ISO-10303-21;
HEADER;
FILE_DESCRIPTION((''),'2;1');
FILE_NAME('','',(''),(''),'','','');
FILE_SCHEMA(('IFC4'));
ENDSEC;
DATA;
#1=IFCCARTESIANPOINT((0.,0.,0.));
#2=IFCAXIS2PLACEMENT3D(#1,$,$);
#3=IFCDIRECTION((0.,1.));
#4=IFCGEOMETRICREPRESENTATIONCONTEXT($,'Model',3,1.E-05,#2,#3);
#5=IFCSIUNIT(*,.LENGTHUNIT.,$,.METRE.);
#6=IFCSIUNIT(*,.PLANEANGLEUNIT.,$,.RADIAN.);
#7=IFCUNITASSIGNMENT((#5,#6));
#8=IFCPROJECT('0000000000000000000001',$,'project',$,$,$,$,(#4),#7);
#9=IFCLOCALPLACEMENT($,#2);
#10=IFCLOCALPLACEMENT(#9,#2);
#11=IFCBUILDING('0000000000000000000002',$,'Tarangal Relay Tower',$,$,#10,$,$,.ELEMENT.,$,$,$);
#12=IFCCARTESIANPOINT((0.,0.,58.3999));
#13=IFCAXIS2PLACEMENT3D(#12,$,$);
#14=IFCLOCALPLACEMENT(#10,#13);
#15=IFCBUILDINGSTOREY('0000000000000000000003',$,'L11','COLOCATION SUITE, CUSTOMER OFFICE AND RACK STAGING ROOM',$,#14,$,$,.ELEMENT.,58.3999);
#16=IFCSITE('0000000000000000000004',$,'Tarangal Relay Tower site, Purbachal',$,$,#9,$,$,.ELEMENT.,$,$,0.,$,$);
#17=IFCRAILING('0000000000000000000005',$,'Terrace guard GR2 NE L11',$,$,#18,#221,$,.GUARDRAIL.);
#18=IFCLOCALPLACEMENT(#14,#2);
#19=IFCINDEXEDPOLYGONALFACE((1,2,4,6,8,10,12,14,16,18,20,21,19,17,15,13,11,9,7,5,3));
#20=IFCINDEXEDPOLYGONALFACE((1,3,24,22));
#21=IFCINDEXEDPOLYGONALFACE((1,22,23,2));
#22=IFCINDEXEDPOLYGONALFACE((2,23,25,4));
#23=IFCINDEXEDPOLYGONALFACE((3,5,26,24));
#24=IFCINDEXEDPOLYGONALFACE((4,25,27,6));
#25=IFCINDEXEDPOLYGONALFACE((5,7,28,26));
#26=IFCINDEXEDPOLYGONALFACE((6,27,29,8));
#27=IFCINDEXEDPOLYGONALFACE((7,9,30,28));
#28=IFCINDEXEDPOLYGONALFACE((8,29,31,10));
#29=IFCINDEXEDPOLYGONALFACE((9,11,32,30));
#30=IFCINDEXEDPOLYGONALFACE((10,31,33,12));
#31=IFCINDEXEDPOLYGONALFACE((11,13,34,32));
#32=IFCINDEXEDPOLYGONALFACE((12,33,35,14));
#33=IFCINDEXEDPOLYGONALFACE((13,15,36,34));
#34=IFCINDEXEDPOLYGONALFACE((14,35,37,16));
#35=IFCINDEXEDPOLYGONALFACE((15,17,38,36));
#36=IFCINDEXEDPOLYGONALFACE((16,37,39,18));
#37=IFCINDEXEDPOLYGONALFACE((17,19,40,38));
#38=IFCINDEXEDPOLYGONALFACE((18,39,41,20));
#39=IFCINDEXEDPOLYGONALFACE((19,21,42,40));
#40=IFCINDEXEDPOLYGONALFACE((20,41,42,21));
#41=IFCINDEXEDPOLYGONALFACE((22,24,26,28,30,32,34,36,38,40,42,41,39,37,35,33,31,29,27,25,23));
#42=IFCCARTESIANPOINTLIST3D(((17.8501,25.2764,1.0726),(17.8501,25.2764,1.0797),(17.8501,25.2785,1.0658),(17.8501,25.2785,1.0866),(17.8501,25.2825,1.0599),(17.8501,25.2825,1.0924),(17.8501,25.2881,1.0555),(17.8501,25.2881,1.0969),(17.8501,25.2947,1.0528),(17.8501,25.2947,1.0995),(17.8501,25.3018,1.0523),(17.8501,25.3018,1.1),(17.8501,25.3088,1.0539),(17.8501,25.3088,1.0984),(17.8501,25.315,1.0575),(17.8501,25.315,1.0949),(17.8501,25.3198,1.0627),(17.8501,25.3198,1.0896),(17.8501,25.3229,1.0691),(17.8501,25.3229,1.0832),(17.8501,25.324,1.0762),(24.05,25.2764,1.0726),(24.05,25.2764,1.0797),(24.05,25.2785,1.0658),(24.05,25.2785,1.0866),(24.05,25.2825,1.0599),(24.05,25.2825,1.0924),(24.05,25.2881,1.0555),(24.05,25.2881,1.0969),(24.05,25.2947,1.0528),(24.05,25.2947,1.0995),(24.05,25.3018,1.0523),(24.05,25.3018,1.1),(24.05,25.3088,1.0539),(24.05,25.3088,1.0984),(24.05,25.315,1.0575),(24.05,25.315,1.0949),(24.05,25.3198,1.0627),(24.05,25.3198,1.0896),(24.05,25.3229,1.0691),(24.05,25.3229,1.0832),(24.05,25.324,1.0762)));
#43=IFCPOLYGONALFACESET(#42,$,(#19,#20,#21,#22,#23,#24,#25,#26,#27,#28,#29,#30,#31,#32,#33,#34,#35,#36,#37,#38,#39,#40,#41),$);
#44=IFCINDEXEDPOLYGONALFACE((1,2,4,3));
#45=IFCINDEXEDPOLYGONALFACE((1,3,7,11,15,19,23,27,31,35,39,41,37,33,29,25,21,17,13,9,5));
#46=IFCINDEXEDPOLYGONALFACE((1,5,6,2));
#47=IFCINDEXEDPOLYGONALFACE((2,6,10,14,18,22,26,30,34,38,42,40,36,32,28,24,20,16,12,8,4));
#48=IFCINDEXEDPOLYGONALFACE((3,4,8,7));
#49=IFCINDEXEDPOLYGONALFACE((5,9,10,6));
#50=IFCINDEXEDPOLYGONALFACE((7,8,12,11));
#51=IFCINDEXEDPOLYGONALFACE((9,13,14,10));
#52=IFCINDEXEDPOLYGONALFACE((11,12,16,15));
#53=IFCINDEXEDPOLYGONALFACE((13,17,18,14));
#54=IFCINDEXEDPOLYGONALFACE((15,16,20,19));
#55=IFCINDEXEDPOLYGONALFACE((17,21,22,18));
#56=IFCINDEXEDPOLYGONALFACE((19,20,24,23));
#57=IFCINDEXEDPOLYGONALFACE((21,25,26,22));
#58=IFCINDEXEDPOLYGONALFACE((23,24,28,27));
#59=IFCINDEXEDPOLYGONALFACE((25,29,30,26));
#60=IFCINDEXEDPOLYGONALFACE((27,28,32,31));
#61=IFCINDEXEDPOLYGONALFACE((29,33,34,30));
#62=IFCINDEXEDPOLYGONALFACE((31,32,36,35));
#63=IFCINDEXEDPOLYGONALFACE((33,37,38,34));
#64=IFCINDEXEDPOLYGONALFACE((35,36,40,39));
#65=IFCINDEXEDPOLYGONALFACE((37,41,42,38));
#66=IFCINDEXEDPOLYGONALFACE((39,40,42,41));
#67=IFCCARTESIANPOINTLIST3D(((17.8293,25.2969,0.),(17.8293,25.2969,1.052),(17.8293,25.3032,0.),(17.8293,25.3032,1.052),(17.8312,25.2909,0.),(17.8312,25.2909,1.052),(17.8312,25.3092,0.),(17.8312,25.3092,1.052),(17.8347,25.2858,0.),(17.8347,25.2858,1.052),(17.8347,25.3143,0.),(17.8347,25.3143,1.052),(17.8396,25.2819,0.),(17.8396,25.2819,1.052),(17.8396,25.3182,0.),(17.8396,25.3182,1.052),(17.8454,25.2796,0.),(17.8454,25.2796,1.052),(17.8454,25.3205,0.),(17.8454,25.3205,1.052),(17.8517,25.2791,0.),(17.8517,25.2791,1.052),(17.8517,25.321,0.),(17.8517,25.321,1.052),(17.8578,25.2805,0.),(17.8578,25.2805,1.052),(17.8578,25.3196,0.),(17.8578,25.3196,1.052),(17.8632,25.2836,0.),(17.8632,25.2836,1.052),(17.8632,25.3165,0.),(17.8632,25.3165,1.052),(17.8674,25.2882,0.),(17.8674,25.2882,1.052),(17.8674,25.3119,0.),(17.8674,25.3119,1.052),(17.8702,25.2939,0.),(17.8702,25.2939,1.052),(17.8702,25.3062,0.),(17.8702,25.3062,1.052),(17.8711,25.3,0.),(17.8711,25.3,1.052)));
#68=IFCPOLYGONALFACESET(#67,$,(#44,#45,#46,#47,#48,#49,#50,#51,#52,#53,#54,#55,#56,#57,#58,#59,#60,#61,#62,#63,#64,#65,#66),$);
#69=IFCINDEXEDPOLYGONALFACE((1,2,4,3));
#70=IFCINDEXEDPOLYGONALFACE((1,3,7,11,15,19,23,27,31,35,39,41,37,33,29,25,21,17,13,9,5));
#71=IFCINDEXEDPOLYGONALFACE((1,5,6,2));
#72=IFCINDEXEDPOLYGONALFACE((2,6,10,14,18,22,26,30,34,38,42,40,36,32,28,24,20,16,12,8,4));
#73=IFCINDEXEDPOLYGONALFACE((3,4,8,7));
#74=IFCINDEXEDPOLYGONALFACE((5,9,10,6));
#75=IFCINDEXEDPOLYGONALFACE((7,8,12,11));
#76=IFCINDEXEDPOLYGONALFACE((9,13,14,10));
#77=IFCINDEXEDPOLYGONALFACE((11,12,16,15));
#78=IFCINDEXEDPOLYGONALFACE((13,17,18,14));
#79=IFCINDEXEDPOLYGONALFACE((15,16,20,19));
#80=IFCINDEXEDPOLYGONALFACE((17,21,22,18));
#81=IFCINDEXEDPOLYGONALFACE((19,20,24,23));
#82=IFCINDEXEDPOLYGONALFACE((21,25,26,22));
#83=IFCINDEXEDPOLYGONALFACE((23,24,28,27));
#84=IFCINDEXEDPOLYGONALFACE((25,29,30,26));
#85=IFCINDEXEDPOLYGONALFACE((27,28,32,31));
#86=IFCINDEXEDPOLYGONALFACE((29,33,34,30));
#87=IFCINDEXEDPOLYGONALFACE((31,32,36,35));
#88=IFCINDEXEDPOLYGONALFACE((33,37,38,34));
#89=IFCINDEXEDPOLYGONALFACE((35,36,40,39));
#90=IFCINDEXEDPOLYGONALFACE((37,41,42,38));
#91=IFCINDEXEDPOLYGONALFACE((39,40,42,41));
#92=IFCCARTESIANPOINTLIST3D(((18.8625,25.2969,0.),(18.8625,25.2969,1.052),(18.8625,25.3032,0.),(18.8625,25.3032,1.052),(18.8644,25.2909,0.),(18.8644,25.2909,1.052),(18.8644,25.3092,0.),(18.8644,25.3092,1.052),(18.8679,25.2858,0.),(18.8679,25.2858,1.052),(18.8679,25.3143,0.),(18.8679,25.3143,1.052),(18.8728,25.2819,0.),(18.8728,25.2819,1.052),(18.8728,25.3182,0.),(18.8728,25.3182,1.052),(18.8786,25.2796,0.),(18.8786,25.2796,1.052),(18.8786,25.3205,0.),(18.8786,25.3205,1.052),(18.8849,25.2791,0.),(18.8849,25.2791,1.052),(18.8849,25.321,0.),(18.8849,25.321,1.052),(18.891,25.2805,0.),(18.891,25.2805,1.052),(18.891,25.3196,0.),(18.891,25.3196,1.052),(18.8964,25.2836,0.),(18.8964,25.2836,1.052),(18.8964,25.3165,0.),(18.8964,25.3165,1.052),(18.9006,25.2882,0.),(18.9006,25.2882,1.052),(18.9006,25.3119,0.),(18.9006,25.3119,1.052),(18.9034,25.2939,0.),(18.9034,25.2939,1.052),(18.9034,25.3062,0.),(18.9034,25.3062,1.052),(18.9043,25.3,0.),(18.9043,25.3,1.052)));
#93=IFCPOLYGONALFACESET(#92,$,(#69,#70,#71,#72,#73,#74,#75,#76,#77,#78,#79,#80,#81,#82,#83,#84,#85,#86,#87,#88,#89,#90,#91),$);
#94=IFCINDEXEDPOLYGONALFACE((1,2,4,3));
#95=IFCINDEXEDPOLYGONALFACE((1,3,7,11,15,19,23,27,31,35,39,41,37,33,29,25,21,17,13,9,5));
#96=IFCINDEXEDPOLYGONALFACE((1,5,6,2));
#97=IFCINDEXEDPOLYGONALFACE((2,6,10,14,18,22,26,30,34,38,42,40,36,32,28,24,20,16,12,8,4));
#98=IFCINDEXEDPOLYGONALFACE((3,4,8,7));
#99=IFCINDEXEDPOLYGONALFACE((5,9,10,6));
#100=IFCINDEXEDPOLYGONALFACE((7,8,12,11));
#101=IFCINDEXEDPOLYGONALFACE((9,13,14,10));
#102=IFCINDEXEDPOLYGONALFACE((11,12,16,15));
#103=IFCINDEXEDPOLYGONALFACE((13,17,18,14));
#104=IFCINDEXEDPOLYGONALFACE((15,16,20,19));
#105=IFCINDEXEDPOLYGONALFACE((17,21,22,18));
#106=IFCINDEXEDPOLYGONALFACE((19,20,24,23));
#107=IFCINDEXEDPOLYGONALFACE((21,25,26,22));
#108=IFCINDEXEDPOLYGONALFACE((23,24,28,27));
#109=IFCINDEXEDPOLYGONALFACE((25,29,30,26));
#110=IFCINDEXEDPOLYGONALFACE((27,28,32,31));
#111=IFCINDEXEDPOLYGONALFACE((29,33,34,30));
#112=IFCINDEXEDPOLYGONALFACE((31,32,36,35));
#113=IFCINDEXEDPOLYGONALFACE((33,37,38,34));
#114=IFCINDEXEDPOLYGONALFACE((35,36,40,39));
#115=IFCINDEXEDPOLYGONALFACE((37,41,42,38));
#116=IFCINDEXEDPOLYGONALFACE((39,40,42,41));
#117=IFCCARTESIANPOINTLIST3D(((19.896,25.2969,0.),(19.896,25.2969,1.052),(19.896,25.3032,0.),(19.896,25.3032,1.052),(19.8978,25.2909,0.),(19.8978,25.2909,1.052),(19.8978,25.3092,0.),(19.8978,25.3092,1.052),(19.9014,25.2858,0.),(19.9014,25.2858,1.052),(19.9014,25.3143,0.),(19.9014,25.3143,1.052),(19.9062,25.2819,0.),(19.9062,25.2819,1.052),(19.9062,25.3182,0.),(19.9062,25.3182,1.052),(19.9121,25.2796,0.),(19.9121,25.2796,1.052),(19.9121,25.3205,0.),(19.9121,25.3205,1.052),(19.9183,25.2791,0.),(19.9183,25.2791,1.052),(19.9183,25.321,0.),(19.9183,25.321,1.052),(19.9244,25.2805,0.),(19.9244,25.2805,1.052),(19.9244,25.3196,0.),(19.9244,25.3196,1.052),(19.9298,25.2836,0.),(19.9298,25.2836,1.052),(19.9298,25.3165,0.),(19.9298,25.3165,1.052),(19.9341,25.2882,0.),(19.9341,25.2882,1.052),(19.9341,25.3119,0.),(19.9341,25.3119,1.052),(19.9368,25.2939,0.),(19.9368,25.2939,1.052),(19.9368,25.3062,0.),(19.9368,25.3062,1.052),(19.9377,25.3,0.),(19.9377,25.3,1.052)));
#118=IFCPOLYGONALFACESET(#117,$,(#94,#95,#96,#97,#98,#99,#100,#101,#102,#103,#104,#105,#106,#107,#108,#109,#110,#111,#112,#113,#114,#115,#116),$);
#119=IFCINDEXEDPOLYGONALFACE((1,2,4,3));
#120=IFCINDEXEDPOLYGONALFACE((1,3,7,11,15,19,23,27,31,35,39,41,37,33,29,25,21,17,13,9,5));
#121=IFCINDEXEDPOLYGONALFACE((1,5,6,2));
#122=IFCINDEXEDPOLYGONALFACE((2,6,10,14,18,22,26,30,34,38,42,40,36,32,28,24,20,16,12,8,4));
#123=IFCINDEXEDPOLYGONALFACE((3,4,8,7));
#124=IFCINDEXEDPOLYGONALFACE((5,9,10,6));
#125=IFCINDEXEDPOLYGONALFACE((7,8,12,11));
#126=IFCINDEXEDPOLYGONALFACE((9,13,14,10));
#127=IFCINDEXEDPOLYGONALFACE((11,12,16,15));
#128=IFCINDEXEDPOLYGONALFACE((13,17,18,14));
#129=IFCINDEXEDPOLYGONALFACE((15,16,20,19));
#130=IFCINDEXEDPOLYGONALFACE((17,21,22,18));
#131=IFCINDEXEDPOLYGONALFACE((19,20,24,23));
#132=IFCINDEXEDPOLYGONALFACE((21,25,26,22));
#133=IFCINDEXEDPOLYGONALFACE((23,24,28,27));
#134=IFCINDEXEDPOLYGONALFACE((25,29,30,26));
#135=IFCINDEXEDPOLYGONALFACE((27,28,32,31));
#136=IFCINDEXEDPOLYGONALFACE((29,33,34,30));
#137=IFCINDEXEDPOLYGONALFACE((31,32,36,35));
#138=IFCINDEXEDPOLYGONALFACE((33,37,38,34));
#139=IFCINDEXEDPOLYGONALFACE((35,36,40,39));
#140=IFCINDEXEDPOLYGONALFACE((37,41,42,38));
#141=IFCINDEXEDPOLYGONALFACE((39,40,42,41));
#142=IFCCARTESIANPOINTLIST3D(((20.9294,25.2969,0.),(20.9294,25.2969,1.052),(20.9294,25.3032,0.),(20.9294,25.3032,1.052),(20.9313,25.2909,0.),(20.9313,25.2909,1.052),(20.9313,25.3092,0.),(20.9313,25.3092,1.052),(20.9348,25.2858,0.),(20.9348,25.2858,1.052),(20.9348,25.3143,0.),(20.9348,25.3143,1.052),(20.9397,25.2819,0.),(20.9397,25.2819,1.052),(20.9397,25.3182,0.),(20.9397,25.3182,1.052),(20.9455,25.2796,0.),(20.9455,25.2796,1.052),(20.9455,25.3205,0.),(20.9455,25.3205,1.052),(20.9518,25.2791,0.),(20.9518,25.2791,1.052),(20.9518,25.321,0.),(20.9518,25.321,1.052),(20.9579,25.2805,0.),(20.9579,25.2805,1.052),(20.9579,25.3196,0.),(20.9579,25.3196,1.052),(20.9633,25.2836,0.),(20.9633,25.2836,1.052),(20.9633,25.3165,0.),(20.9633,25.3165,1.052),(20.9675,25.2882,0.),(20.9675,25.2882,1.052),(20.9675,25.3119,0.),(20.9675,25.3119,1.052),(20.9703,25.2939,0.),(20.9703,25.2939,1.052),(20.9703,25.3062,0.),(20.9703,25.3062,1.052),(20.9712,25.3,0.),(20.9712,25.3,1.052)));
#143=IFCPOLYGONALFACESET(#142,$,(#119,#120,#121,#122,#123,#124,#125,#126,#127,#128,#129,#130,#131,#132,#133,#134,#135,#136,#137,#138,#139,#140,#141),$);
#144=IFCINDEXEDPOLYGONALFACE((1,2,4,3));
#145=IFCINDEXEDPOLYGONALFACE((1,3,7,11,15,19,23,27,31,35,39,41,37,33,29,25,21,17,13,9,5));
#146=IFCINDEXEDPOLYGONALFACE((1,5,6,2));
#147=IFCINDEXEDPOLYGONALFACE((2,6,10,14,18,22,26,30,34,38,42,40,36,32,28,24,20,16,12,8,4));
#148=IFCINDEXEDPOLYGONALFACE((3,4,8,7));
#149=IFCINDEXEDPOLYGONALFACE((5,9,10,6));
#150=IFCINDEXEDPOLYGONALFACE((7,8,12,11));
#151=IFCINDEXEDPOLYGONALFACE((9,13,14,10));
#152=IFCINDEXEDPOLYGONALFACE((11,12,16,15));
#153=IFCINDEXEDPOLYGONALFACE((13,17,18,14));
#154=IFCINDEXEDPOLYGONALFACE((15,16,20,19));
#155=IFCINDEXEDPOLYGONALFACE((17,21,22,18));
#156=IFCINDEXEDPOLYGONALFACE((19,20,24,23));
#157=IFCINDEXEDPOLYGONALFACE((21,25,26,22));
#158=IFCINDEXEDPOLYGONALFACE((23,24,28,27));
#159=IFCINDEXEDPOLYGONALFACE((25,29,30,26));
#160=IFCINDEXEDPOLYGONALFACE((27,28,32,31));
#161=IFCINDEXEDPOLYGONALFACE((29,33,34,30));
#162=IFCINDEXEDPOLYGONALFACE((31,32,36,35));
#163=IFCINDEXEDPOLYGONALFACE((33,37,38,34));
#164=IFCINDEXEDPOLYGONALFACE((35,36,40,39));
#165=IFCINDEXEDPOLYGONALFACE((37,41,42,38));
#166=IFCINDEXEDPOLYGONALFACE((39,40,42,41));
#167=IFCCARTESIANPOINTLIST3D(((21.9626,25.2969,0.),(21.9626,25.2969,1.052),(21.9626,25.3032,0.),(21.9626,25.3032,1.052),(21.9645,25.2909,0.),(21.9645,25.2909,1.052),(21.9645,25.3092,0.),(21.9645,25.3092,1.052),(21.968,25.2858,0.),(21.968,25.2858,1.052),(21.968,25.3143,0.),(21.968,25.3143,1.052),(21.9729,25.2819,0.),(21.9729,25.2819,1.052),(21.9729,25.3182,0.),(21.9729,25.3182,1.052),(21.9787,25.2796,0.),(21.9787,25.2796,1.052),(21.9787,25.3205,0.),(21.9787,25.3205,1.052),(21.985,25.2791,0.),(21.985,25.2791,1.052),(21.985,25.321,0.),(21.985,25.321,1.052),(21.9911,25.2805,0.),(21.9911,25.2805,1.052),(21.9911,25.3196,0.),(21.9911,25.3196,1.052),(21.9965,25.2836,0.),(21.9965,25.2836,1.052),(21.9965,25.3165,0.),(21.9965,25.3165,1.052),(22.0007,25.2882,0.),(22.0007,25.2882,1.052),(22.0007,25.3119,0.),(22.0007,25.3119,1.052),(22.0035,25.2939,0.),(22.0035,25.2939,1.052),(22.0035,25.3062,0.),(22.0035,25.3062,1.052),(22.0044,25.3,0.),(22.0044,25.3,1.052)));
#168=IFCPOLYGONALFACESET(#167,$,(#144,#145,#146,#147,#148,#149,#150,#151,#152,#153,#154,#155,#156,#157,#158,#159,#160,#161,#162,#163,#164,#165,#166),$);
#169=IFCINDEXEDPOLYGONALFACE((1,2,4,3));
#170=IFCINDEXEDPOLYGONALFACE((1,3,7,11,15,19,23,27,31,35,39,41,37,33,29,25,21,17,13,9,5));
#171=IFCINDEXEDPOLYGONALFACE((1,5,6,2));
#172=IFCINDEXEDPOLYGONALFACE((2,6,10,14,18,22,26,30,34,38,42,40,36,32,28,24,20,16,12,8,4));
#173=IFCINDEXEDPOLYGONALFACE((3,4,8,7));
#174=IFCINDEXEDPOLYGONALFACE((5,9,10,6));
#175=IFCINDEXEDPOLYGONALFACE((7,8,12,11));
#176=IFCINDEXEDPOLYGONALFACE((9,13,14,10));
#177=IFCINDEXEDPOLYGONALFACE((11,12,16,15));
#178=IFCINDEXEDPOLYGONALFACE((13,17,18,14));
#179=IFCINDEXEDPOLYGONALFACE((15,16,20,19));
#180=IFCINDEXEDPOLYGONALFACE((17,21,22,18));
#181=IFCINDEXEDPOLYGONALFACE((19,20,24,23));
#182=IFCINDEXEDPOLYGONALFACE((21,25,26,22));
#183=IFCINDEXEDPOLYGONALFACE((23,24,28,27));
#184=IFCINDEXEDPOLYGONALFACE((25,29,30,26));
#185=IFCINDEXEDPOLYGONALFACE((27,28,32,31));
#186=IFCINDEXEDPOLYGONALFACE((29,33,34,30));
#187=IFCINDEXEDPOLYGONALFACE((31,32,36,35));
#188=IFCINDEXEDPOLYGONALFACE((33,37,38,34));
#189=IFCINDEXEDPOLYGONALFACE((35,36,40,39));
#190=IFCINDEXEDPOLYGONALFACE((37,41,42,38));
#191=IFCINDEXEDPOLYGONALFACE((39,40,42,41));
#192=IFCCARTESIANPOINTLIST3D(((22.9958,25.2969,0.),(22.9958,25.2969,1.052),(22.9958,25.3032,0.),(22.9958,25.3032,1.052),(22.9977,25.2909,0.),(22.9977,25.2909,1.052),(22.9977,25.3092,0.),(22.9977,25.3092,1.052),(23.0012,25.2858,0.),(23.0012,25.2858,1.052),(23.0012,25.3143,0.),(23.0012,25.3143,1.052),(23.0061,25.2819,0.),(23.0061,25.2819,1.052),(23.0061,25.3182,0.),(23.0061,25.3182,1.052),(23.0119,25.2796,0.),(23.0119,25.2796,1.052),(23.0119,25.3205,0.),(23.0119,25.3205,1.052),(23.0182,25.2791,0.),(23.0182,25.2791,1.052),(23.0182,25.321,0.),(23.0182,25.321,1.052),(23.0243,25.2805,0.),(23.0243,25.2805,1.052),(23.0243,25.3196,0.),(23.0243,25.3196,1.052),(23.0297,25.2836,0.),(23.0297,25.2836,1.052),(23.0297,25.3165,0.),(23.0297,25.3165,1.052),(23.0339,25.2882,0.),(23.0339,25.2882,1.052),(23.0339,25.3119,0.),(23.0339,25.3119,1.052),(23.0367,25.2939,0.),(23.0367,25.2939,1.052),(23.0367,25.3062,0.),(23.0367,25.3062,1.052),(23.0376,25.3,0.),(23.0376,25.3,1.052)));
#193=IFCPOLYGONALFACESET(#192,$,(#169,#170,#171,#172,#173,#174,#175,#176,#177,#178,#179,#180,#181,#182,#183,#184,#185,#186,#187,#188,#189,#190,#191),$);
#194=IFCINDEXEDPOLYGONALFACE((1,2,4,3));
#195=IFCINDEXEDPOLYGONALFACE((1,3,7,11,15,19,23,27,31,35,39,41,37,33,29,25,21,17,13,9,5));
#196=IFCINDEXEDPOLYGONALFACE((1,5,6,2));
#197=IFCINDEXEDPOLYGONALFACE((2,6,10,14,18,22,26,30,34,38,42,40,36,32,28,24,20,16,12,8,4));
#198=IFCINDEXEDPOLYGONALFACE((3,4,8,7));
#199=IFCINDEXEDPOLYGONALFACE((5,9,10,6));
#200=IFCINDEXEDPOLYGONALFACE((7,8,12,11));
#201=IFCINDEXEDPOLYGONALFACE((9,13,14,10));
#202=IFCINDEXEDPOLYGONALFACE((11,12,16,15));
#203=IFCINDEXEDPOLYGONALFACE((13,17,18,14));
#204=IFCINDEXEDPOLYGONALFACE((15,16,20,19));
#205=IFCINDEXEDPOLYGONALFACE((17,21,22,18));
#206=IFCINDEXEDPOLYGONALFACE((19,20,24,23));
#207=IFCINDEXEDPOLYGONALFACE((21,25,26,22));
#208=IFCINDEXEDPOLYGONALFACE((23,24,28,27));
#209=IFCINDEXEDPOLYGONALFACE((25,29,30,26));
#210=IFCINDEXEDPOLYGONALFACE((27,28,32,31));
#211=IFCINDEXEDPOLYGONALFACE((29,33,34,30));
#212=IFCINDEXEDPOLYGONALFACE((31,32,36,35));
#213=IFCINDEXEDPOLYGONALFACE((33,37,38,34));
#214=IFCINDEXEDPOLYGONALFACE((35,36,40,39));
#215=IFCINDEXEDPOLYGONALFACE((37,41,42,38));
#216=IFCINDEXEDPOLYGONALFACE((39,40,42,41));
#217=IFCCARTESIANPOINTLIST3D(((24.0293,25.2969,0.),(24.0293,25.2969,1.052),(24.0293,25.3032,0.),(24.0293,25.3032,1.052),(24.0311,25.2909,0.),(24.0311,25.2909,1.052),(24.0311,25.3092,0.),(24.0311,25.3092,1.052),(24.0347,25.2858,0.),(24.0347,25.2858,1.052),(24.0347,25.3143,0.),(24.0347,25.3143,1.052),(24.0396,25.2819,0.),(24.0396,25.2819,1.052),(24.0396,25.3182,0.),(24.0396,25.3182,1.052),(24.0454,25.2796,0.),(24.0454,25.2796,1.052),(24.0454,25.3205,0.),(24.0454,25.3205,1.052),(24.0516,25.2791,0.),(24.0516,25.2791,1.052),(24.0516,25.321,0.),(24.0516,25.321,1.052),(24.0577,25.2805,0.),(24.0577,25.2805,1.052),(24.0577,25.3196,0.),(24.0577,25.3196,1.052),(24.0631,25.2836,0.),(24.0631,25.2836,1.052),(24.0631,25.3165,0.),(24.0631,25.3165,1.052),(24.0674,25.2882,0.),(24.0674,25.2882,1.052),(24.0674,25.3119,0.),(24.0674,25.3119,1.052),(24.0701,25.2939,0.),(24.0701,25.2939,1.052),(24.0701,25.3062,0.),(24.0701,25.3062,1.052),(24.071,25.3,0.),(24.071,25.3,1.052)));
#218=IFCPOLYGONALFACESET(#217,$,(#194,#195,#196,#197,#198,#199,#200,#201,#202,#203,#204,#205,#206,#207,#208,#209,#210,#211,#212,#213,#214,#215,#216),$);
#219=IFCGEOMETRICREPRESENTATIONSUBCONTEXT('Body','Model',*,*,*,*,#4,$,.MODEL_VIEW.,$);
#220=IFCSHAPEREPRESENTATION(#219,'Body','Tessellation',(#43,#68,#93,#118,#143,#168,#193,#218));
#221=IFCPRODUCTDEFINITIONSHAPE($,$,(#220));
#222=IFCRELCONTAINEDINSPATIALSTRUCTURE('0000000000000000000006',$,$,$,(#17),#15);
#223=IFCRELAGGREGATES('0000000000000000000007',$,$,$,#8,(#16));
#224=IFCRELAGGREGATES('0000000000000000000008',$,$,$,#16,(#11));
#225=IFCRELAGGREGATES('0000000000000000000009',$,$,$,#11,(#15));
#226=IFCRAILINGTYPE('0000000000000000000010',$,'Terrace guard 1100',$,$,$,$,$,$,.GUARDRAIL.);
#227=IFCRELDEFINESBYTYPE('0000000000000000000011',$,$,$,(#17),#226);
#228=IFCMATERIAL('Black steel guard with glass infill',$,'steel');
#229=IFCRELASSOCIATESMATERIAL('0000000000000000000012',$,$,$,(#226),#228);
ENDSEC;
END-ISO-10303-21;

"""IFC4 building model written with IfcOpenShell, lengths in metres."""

from ifc_helpers import new_model, si_unit, direction, frame, origin, origin_2d, place, context, subcontext, project, spatial, circle, extrude, material, type_object, element, save


model = new_model("IFC4")

# Units and contexts
model_context = context("Model", 3, precision=1e-05, world=origin(), true_north=direction((0.0, 1.0)))
body_context = subcontext(model_context, "Body", "Model", "MODEL_VIEW")
ifc_project = project(units=[si_unit("LENGTHUNIT", "METRE"), si_unit("PLANEANGLEUNIT", "RADIAN")], contexts=[model_context])

# Site, building, storey
site_placement = place(None, origin())
site = spatial("IfcSite", under=ifc_project, at=site_placement, Name="Tarangal Relay Tower site, Purbachal", CompositionType="ELEMENT", RefElevation=0.0)
building_placement = place(site_placement, origin())
building = spatial("IfcBuilding", under=site, at=building_placement, Name="Tarangal Relay Tower", CompositionType="ELEMENT")
storey_placement = place(building_placement, frame((0.0, 0.0, 58.3999)))
storey = spatial("IfcBuildingStorey", under=building, at=storey_placement, Name="L11", Description="COLOCATION SUITE, CUSTOMER OFFICE AND RACK STAGING ROOM", CompositionType="ELEMENT", Elevation=58.3999)

# Railing
ifc_material_1 = material(Name="Black steel guard with glass infill", Category="steel")
railing_type_1 = type_object("IfcRailingType", Name="Terrace guard 1100", PredefinedType="GUARDRAIL", material=ifc_material_1)
railing_1_placement = place(storey_placement, frame((17.8501, 25.3, 0.0)))
element("IfcRailing", 1, at=railing_1_placement, inside=storey, type_object=railing_type_1, Name="Terrace guard GR2 NE L11", PredefinedType="GUARDRAIL", context=body_context, shape_type="SweptSolid", body=[
    extrude(circle(Radius=0.0239, at=origin_2d()), frame((0.0, 0.0, 1.0762), z_axis=(1.0, 0.0, 0.0), x_axis=(0.0, 1.0, 0.0)), (0.0, 0.0, 1.0), 6.2),
    extrude(circle(Radius=0.021, at=origin_2d()), origin(), (0.0, 0.0, 1.0), 1.052),
    extrude(circle(Radius=0.021, at=origin_2d()), frame((1.0332, 0.0, 0.0)), (0.0, 0.0, 1.0), 1.052),
    extrude(circle(Radius=0.021, at=origin_2d()), frame((2.0667, 0.0, 0.0)), (0.0, 0.0, 1.0), 1.052),
    extrude(circle(Radius=0.021, at=origin_2d()), frame((3.1001, 0.0, 0.0)), (0.0, 0.0, 1.0), 1.052),
    extrude(circle(Radius=0.021, at=origin_2d()), frame((4.1333, 0.0, 0.0)), (0.0, 0.0, 1.0), 1.052),
    extrude(circle(Radius=0.021, at=origin_2d()), frame((5.1665, 0.0, 0.0)), (0.0, 0.0, 1.0), 1.052),
    extrude(circle(Radius=0.021, at=origin_2d()), frame((6.2, 0.0, 0.0)), (0.0, 0.0, 1.0), 1.052),
])

save(model, "model.ifc")
